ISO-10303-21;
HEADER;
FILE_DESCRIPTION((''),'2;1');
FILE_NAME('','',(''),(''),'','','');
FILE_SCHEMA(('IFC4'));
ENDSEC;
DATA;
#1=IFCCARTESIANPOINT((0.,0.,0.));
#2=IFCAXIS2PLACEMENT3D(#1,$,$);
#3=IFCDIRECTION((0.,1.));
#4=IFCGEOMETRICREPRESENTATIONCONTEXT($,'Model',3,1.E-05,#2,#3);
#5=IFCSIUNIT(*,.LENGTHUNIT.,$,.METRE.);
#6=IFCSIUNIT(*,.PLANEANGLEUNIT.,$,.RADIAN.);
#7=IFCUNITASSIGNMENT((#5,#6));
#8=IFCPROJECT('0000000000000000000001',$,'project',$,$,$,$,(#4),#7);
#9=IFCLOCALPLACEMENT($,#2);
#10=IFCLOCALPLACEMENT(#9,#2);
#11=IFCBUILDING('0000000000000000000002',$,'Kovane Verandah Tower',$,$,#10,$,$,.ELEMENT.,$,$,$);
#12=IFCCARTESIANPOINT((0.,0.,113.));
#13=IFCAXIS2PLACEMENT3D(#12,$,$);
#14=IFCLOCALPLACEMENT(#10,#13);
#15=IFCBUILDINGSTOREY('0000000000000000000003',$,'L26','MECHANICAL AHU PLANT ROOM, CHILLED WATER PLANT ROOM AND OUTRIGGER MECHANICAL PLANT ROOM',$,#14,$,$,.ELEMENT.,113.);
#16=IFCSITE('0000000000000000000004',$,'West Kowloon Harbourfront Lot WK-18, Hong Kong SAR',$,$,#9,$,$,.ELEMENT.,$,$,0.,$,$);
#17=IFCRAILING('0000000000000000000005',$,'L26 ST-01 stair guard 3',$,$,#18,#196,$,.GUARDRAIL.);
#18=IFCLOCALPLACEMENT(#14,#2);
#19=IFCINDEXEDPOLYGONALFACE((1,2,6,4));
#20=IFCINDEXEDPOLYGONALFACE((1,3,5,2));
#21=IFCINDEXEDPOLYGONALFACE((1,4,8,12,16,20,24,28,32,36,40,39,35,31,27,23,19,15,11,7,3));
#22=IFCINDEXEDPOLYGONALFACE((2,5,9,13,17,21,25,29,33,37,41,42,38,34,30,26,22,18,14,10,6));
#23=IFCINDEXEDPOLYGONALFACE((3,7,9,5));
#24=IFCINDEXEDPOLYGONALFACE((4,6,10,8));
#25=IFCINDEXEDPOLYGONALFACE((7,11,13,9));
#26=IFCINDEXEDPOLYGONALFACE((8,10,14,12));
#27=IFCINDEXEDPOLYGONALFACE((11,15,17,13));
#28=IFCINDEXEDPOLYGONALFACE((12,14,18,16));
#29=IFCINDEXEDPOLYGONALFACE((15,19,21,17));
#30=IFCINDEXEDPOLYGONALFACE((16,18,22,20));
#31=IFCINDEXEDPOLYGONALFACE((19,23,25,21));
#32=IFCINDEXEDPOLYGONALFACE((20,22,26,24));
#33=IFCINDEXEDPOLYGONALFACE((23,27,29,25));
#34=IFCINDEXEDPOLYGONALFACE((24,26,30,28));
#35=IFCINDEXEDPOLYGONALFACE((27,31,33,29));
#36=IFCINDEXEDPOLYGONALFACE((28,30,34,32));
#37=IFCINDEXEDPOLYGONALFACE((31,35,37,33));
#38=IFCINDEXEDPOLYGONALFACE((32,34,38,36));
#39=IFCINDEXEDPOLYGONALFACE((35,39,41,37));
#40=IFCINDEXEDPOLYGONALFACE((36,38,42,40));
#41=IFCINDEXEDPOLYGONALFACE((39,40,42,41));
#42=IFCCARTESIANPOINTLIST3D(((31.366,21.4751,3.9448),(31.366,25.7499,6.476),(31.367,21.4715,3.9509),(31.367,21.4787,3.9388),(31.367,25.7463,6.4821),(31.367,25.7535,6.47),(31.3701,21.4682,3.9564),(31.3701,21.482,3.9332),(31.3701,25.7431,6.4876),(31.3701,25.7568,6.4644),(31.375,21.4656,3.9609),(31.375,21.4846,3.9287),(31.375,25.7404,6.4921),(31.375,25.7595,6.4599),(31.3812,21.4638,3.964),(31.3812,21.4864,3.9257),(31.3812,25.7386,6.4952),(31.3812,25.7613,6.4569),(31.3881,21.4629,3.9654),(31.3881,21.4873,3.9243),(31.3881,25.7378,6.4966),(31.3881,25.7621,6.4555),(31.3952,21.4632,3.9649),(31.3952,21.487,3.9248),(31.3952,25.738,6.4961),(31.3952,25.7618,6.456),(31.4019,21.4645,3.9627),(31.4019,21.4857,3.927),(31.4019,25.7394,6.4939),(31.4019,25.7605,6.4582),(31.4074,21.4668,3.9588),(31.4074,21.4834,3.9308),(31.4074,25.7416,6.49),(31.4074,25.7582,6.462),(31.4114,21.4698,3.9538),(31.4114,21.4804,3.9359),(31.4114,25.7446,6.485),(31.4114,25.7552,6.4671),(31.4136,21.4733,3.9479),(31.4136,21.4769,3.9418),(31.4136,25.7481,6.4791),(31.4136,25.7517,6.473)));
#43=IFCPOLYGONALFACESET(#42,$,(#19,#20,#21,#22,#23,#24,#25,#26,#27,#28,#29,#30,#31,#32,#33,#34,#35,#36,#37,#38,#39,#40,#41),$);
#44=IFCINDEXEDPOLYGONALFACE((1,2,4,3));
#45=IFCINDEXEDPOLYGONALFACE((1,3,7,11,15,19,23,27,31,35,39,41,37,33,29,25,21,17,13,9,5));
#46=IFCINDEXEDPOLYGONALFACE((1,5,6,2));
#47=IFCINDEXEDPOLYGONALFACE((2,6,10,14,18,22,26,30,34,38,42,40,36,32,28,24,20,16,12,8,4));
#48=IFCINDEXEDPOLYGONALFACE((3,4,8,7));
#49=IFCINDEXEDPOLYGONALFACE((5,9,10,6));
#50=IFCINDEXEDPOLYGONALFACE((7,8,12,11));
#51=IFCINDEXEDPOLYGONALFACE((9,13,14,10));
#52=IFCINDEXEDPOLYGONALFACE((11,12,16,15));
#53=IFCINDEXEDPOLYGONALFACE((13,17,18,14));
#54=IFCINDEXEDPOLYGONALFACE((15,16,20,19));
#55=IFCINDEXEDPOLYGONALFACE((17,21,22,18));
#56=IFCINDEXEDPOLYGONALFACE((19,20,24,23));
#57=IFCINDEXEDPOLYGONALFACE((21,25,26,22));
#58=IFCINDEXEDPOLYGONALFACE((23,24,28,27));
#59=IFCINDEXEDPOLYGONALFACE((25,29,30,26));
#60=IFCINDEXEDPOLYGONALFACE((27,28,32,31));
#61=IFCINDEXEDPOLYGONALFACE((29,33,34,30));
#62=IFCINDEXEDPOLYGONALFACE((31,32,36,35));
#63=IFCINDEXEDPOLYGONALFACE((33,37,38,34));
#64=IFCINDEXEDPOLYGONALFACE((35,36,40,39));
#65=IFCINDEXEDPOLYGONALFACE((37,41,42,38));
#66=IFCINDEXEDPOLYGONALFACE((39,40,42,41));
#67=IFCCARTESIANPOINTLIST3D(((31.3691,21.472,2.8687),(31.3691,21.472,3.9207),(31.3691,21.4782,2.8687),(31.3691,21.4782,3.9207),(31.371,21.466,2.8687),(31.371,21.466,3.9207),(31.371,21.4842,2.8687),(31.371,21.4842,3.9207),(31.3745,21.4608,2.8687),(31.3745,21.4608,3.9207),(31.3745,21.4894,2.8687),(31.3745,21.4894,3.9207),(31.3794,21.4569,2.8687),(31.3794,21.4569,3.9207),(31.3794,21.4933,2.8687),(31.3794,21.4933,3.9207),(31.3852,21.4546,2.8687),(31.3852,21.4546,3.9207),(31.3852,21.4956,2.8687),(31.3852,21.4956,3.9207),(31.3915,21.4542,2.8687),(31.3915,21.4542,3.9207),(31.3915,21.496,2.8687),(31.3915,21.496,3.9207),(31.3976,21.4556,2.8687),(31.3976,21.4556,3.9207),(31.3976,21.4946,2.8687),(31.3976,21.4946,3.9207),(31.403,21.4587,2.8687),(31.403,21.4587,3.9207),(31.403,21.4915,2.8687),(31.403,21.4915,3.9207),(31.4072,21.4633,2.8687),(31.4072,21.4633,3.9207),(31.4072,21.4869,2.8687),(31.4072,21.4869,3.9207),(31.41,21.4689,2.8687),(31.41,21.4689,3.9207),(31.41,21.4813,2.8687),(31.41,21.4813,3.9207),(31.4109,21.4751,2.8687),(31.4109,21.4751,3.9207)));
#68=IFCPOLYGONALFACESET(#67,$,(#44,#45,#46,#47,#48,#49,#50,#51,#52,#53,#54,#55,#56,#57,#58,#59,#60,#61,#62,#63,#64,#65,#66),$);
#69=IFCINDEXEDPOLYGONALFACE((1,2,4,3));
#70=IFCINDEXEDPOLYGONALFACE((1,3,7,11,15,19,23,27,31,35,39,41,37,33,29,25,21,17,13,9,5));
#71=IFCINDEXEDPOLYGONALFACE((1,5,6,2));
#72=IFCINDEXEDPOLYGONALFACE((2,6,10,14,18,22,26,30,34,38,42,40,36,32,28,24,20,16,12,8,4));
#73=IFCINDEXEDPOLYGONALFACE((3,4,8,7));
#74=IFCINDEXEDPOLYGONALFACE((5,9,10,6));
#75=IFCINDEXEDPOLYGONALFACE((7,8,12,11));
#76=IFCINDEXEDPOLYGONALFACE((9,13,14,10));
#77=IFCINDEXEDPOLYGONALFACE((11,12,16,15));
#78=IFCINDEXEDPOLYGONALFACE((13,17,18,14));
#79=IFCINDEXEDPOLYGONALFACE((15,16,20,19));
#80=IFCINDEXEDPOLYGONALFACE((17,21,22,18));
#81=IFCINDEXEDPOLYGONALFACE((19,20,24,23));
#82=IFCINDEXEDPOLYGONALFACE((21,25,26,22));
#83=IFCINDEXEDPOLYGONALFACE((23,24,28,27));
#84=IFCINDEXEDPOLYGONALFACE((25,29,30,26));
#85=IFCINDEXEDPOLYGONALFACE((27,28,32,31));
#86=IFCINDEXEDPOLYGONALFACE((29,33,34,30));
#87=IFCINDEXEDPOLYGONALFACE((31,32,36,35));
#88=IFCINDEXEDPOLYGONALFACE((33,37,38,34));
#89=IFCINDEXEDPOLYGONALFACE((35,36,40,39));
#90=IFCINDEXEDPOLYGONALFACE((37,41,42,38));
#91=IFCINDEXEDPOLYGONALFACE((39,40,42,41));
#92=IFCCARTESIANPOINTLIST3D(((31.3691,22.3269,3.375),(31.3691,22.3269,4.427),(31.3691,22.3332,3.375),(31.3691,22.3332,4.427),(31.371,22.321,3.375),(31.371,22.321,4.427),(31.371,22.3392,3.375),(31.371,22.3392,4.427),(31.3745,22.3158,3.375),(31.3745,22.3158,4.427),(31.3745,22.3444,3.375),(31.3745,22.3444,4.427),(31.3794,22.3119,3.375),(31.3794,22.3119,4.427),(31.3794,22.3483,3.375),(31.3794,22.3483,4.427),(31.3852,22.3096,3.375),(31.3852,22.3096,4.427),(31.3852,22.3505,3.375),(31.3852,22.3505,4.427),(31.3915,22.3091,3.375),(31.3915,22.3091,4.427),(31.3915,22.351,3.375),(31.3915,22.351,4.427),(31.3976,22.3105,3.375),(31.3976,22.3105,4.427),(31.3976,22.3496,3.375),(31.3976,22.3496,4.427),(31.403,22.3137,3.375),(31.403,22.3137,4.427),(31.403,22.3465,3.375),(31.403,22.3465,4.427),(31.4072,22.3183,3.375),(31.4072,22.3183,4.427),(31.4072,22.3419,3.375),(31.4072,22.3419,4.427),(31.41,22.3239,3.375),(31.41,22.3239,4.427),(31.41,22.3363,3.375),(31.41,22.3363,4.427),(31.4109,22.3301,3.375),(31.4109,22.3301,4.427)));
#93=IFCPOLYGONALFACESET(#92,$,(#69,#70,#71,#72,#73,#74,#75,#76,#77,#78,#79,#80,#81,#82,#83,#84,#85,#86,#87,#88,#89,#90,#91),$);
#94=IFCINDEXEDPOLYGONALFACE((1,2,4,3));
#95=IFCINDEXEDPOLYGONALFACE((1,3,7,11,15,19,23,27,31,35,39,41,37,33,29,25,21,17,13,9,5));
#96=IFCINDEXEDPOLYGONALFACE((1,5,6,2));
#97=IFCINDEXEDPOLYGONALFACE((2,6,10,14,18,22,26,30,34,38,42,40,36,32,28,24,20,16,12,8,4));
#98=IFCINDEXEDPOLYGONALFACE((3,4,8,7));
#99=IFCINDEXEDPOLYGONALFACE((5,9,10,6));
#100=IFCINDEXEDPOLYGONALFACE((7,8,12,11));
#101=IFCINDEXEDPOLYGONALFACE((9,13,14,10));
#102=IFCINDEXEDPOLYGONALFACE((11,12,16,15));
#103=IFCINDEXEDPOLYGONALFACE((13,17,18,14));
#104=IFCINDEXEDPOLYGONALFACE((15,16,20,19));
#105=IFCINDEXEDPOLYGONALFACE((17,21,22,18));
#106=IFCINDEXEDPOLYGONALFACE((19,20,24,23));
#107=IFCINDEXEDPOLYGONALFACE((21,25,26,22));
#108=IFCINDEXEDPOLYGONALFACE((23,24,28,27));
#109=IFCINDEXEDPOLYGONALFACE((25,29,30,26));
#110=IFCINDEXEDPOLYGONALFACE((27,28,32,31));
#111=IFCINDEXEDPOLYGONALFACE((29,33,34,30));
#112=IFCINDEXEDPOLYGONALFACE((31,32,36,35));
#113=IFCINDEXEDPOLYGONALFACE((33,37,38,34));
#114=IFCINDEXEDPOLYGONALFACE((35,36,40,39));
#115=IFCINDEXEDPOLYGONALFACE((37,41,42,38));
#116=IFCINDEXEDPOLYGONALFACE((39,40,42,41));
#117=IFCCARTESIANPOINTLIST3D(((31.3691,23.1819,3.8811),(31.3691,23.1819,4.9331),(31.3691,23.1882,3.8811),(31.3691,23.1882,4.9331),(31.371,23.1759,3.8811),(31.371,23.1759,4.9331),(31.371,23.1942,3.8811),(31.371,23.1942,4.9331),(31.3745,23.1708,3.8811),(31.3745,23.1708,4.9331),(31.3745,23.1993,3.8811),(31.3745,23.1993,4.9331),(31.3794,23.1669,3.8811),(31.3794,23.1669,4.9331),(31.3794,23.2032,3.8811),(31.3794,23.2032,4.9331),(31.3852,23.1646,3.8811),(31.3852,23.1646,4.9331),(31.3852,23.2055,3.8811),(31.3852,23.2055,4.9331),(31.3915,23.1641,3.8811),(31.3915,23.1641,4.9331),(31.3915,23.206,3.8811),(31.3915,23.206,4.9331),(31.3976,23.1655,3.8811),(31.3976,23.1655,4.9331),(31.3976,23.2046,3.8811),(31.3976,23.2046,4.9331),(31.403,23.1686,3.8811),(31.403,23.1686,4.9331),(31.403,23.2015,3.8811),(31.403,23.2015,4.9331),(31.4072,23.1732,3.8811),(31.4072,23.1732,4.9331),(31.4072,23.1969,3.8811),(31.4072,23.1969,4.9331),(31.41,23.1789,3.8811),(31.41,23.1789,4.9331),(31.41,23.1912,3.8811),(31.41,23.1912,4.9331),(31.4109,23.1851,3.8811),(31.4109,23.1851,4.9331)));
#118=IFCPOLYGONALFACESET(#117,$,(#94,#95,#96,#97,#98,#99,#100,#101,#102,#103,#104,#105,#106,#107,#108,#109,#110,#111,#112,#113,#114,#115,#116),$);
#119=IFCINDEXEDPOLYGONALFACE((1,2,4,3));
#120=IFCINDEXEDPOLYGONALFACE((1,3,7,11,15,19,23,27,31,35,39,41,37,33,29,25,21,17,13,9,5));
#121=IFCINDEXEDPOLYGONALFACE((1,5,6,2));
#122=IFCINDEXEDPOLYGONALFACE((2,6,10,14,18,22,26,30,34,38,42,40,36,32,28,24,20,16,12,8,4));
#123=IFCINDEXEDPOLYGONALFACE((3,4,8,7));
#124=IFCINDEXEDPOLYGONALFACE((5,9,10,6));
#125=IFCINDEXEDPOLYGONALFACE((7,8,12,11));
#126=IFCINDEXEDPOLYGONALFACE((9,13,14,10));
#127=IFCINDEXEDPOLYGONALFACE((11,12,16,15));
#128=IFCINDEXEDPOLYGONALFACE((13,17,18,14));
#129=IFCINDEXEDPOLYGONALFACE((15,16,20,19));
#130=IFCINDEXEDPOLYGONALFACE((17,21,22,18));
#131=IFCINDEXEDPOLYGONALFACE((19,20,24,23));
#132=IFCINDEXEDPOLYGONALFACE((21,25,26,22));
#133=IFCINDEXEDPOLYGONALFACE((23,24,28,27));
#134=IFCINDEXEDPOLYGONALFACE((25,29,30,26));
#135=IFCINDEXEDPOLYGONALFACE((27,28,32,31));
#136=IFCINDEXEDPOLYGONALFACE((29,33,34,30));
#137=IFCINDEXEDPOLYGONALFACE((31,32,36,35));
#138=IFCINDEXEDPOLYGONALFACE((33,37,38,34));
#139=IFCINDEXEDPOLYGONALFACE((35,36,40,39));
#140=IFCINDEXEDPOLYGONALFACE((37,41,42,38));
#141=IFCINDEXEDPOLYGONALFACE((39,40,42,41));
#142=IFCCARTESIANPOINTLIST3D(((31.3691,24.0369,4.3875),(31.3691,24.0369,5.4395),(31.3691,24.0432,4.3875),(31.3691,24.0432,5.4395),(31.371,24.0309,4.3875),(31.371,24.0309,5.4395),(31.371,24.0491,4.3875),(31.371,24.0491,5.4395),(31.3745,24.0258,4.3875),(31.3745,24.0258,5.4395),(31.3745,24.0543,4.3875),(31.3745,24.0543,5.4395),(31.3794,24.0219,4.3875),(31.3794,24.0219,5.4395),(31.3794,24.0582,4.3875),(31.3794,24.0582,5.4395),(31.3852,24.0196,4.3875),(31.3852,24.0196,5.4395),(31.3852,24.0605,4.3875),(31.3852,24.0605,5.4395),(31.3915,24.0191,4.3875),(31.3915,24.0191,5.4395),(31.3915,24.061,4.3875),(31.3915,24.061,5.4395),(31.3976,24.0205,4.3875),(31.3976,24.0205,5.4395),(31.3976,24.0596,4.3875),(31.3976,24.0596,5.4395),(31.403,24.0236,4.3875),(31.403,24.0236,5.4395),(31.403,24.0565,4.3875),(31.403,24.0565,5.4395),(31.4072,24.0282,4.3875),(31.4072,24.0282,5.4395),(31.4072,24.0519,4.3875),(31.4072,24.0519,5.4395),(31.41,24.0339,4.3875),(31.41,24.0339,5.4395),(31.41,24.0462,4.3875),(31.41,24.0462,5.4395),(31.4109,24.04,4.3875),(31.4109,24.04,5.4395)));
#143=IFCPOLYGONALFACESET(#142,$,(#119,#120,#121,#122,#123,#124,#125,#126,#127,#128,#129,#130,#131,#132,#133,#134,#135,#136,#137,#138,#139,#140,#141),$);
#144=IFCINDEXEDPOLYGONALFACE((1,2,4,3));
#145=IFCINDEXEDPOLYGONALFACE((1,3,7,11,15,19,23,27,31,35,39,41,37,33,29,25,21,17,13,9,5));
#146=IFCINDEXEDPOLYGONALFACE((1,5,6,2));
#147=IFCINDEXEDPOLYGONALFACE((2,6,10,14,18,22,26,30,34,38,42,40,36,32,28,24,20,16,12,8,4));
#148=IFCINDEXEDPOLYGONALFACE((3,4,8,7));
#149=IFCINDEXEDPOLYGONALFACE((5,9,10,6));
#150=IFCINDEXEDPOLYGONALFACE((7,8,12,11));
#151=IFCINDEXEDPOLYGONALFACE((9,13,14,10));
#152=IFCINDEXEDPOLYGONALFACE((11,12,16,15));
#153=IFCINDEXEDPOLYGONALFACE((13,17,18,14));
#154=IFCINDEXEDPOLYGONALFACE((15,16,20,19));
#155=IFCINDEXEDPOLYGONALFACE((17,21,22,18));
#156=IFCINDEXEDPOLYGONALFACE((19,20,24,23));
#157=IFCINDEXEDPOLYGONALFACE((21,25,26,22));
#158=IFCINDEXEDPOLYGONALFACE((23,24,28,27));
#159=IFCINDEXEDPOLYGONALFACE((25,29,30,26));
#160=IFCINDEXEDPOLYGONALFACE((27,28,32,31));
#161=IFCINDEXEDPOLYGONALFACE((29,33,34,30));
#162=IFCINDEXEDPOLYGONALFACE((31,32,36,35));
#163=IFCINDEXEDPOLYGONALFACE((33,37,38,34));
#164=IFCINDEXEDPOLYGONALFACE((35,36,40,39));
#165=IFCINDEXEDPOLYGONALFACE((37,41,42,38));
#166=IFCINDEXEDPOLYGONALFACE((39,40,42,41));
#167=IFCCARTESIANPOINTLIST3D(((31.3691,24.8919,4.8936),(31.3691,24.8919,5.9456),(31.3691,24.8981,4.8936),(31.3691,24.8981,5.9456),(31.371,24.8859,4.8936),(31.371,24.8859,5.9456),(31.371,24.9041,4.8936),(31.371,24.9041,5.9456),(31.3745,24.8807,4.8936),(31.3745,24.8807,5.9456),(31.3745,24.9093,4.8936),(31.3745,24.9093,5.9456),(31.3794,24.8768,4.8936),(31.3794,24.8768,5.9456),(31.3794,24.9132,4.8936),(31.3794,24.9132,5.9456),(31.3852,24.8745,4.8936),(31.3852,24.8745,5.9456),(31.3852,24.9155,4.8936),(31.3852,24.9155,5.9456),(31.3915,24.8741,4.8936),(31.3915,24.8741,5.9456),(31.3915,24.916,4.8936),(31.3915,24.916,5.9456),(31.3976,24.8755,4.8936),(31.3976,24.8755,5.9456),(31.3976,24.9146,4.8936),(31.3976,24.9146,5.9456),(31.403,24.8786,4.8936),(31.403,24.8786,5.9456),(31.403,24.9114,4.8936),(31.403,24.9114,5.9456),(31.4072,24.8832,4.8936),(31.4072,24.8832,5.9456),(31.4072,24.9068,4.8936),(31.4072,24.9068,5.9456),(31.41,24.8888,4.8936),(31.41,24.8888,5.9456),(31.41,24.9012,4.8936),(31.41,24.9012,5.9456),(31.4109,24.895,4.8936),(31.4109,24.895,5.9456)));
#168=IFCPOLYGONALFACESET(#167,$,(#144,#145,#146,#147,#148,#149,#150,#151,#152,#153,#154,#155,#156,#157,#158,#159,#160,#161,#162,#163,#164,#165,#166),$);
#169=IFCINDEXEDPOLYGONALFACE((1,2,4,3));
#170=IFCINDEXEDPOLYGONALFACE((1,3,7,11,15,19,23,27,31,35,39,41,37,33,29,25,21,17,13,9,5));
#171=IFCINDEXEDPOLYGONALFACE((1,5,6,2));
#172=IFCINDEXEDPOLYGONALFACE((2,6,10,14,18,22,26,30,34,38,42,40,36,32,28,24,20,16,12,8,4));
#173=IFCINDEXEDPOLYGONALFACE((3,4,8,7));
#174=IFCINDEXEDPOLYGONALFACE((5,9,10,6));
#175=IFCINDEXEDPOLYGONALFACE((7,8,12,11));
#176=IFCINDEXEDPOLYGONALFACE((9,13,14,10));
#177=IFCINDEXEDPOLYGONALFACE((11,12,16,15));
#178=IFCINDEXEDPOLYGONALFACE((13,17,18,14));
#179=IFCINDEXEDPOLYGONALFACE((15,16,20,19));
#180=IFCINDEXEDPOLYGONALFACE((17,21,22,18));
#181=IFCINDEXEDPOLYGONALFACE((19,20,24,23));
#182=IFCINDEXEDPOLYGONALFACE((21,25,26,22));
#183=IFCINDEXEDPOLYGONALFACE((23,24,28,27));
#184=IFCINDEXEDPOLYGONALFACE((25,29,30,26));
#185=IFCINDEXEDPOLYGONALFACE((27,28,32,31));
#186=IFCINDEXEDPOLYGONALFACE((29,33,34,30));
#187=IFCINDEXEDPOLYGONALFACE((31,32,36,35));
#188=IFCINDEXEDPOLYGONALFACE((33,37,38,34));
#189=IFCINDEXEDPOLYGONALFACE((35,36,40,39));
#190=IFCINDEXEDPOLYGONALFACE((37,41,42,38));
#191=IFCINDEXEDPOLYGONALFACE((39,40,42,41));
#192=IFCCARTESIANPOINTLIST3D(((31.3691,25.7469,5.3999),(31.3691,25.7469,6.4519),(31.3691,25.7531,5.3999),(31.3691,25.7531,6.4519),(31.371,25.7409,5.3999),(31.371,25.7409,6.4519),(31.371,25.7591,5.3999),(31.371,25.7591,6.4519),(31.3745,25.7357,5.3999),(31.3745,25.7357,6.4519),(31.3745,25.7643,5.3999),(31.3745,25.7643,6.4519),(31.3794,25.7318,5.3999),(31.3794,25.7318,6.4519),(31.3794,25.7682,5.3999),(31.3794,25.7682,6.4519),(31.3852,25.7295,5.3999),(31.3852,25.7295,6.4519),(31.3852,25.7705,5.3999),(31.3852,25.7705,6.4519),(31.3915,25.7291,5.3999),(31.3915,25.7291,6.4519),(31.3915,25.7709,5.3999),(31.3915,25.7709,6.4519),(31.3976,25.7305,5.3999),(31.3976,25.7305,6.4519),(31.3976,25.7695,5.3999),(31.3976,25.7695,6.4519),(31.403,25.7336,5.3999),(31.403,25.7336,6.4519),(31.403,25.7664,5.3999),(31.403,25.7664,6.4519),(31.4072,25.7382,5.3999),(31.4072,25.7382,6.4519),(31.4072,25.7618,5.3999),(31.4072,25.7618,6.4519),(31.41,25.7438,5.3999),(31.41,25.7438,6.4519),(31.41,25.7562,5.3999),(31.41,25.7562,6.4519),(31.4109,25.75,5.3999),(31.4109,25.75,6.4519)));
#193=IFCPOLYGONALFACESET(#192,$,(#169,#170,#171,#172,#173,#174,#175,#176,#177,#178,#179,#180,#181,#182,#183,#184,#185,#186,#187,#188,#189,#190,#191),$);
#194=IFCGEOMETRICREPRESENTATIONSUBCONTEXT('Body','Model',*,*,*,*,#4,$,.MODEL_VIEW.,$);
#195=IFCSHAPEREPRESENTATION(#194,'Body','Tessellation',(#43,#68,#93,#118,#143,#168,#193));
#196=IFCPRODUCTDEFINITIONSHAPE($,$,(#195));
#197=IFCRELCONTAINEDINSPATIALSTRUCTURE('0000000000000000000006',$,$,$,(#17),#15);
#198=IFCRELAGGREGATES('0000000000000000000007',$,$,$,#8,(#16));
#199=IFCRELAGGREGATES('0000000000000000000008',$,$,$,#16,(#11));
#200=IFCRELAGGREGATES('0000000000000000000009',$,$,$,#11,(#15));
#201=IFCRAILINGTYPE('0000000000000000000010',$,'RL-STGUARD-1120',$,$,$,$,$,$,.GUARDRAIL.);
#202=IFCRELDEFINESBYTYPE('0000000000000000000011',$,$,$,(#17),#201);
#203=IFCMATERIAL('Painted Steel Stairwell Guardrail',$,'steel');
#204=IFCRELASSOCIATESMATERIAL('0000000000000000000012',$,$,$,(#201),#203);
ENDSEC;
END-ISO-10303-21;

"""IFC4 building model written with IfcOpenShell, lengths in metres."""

from ifc_helpers import new_model, si_unit, direction, frame, origin, origin_2d, place, context, subcontext, project, spatial, circle, extrude, material, type_object, element, save


model = new_model("IFC4")

# Units and contexts
model_context = context("Model", 3, precision=1e-05, world=origin(), true_north=direction((0.0, 1.0)))
body_context = subcontext(model_context, "Body", "Model", "MODEL_VIEW")
ifc_project = project(units=[si_unit("LENGTHUNIT", "METRE"), si_unit("PLANEANGLEUNIT", "RADIAN")], contexts=[model_context])

# Site, building, storey
site_placement = place(None, origin())
site = spatial("IfcSite", under=ifc_project, at=site_placement, Name="West Kowloon Harbourfront Lot WK-18, Hong Kong SAR", CompositionType="ELEMENT", RefElevation=0.0)
building_placement = place(site_placement, origin())
building = spatial("IfcBuilding", under=site, at=building_placement, Name="Kovane Verandah Tower", CompositionType="ELEMENT")
storey_placement = place(building_placement, frame((0.0, 0.0, 113.0)))
storey = spatial("IfcBuildingStorey", under=building, at=storey_placement, Name="L26", Description="MECHANICAL AHU PLANT ROOM, CHILLED WATER PLANT ROOM AND OUTRIGGER MECHANICAL PLANT ROOM", CompositionType="ELEMENT", Elevation=113.0)

# Railing
ifc_material_1 = material(Name="Painted Steel Stairwell Guardrail", Category="steel")
railing_type_1 = type_object("IfcRailingType", Name="RL-STGUARD-1120", PredefinedType="GUARDRAIL", material=ifc_material_1)
railing_1_placement = place(storey_placement, frame((31.3899, 21.4751, 2.8687)))
element("IfcRailing", 1, at=railing_1_placement, inside=storey, type_object=railing_type_1, Name="L26 ST-01 stair guard 3", PredefinedType="GUARDRAIL", context=body_context, shape_type="SweptSolid", body=[
    extrude(circle(Radius=0.0239, at=origin_2d()), frame((0.0, 0.0, 1.0762), z_axis=(0.0, 0.86047, 0.509501), x_axis=(-1.0, 0.0, 0.0)), (0.0, 0.0, 1.0), 4.968),
    extrude(circle(Radius=0.021, at=origin_2d()), origin(), (0.0, 0.0, 1.0), 1.052),
    extrude(circle(Radius=0.021, at=origin_2d()), frame((0.0, 0.855, 0.5063)), (0.0, 0.0, 1.0), 1.052),
    extrude(circle(Radius=0.021, at=origin_2d()), frame((0.0, 1.71, 1.0125)), (0.0, 0.0, 1.0), 1.052),
    extrude(circle(Radius=0.021, at=origin_2d()), frame((0.0, 2.5649, 1.5188)), (0.0, 0.0, 1.0), 1.052),
    extrude(circle(Radius=0.021, at=origin_2d()), frame((0.0, 3.4199, 2.0249)), (0.0, 0.0, 1.0), 1.052),
    extrude(circle(Radius=0.021, at=origin_2d()), frame((0.0, 4.2749, 2.5312)), (0.0, 0.0, 1.0), 1.052),
])

save(model, "model.ifc")
